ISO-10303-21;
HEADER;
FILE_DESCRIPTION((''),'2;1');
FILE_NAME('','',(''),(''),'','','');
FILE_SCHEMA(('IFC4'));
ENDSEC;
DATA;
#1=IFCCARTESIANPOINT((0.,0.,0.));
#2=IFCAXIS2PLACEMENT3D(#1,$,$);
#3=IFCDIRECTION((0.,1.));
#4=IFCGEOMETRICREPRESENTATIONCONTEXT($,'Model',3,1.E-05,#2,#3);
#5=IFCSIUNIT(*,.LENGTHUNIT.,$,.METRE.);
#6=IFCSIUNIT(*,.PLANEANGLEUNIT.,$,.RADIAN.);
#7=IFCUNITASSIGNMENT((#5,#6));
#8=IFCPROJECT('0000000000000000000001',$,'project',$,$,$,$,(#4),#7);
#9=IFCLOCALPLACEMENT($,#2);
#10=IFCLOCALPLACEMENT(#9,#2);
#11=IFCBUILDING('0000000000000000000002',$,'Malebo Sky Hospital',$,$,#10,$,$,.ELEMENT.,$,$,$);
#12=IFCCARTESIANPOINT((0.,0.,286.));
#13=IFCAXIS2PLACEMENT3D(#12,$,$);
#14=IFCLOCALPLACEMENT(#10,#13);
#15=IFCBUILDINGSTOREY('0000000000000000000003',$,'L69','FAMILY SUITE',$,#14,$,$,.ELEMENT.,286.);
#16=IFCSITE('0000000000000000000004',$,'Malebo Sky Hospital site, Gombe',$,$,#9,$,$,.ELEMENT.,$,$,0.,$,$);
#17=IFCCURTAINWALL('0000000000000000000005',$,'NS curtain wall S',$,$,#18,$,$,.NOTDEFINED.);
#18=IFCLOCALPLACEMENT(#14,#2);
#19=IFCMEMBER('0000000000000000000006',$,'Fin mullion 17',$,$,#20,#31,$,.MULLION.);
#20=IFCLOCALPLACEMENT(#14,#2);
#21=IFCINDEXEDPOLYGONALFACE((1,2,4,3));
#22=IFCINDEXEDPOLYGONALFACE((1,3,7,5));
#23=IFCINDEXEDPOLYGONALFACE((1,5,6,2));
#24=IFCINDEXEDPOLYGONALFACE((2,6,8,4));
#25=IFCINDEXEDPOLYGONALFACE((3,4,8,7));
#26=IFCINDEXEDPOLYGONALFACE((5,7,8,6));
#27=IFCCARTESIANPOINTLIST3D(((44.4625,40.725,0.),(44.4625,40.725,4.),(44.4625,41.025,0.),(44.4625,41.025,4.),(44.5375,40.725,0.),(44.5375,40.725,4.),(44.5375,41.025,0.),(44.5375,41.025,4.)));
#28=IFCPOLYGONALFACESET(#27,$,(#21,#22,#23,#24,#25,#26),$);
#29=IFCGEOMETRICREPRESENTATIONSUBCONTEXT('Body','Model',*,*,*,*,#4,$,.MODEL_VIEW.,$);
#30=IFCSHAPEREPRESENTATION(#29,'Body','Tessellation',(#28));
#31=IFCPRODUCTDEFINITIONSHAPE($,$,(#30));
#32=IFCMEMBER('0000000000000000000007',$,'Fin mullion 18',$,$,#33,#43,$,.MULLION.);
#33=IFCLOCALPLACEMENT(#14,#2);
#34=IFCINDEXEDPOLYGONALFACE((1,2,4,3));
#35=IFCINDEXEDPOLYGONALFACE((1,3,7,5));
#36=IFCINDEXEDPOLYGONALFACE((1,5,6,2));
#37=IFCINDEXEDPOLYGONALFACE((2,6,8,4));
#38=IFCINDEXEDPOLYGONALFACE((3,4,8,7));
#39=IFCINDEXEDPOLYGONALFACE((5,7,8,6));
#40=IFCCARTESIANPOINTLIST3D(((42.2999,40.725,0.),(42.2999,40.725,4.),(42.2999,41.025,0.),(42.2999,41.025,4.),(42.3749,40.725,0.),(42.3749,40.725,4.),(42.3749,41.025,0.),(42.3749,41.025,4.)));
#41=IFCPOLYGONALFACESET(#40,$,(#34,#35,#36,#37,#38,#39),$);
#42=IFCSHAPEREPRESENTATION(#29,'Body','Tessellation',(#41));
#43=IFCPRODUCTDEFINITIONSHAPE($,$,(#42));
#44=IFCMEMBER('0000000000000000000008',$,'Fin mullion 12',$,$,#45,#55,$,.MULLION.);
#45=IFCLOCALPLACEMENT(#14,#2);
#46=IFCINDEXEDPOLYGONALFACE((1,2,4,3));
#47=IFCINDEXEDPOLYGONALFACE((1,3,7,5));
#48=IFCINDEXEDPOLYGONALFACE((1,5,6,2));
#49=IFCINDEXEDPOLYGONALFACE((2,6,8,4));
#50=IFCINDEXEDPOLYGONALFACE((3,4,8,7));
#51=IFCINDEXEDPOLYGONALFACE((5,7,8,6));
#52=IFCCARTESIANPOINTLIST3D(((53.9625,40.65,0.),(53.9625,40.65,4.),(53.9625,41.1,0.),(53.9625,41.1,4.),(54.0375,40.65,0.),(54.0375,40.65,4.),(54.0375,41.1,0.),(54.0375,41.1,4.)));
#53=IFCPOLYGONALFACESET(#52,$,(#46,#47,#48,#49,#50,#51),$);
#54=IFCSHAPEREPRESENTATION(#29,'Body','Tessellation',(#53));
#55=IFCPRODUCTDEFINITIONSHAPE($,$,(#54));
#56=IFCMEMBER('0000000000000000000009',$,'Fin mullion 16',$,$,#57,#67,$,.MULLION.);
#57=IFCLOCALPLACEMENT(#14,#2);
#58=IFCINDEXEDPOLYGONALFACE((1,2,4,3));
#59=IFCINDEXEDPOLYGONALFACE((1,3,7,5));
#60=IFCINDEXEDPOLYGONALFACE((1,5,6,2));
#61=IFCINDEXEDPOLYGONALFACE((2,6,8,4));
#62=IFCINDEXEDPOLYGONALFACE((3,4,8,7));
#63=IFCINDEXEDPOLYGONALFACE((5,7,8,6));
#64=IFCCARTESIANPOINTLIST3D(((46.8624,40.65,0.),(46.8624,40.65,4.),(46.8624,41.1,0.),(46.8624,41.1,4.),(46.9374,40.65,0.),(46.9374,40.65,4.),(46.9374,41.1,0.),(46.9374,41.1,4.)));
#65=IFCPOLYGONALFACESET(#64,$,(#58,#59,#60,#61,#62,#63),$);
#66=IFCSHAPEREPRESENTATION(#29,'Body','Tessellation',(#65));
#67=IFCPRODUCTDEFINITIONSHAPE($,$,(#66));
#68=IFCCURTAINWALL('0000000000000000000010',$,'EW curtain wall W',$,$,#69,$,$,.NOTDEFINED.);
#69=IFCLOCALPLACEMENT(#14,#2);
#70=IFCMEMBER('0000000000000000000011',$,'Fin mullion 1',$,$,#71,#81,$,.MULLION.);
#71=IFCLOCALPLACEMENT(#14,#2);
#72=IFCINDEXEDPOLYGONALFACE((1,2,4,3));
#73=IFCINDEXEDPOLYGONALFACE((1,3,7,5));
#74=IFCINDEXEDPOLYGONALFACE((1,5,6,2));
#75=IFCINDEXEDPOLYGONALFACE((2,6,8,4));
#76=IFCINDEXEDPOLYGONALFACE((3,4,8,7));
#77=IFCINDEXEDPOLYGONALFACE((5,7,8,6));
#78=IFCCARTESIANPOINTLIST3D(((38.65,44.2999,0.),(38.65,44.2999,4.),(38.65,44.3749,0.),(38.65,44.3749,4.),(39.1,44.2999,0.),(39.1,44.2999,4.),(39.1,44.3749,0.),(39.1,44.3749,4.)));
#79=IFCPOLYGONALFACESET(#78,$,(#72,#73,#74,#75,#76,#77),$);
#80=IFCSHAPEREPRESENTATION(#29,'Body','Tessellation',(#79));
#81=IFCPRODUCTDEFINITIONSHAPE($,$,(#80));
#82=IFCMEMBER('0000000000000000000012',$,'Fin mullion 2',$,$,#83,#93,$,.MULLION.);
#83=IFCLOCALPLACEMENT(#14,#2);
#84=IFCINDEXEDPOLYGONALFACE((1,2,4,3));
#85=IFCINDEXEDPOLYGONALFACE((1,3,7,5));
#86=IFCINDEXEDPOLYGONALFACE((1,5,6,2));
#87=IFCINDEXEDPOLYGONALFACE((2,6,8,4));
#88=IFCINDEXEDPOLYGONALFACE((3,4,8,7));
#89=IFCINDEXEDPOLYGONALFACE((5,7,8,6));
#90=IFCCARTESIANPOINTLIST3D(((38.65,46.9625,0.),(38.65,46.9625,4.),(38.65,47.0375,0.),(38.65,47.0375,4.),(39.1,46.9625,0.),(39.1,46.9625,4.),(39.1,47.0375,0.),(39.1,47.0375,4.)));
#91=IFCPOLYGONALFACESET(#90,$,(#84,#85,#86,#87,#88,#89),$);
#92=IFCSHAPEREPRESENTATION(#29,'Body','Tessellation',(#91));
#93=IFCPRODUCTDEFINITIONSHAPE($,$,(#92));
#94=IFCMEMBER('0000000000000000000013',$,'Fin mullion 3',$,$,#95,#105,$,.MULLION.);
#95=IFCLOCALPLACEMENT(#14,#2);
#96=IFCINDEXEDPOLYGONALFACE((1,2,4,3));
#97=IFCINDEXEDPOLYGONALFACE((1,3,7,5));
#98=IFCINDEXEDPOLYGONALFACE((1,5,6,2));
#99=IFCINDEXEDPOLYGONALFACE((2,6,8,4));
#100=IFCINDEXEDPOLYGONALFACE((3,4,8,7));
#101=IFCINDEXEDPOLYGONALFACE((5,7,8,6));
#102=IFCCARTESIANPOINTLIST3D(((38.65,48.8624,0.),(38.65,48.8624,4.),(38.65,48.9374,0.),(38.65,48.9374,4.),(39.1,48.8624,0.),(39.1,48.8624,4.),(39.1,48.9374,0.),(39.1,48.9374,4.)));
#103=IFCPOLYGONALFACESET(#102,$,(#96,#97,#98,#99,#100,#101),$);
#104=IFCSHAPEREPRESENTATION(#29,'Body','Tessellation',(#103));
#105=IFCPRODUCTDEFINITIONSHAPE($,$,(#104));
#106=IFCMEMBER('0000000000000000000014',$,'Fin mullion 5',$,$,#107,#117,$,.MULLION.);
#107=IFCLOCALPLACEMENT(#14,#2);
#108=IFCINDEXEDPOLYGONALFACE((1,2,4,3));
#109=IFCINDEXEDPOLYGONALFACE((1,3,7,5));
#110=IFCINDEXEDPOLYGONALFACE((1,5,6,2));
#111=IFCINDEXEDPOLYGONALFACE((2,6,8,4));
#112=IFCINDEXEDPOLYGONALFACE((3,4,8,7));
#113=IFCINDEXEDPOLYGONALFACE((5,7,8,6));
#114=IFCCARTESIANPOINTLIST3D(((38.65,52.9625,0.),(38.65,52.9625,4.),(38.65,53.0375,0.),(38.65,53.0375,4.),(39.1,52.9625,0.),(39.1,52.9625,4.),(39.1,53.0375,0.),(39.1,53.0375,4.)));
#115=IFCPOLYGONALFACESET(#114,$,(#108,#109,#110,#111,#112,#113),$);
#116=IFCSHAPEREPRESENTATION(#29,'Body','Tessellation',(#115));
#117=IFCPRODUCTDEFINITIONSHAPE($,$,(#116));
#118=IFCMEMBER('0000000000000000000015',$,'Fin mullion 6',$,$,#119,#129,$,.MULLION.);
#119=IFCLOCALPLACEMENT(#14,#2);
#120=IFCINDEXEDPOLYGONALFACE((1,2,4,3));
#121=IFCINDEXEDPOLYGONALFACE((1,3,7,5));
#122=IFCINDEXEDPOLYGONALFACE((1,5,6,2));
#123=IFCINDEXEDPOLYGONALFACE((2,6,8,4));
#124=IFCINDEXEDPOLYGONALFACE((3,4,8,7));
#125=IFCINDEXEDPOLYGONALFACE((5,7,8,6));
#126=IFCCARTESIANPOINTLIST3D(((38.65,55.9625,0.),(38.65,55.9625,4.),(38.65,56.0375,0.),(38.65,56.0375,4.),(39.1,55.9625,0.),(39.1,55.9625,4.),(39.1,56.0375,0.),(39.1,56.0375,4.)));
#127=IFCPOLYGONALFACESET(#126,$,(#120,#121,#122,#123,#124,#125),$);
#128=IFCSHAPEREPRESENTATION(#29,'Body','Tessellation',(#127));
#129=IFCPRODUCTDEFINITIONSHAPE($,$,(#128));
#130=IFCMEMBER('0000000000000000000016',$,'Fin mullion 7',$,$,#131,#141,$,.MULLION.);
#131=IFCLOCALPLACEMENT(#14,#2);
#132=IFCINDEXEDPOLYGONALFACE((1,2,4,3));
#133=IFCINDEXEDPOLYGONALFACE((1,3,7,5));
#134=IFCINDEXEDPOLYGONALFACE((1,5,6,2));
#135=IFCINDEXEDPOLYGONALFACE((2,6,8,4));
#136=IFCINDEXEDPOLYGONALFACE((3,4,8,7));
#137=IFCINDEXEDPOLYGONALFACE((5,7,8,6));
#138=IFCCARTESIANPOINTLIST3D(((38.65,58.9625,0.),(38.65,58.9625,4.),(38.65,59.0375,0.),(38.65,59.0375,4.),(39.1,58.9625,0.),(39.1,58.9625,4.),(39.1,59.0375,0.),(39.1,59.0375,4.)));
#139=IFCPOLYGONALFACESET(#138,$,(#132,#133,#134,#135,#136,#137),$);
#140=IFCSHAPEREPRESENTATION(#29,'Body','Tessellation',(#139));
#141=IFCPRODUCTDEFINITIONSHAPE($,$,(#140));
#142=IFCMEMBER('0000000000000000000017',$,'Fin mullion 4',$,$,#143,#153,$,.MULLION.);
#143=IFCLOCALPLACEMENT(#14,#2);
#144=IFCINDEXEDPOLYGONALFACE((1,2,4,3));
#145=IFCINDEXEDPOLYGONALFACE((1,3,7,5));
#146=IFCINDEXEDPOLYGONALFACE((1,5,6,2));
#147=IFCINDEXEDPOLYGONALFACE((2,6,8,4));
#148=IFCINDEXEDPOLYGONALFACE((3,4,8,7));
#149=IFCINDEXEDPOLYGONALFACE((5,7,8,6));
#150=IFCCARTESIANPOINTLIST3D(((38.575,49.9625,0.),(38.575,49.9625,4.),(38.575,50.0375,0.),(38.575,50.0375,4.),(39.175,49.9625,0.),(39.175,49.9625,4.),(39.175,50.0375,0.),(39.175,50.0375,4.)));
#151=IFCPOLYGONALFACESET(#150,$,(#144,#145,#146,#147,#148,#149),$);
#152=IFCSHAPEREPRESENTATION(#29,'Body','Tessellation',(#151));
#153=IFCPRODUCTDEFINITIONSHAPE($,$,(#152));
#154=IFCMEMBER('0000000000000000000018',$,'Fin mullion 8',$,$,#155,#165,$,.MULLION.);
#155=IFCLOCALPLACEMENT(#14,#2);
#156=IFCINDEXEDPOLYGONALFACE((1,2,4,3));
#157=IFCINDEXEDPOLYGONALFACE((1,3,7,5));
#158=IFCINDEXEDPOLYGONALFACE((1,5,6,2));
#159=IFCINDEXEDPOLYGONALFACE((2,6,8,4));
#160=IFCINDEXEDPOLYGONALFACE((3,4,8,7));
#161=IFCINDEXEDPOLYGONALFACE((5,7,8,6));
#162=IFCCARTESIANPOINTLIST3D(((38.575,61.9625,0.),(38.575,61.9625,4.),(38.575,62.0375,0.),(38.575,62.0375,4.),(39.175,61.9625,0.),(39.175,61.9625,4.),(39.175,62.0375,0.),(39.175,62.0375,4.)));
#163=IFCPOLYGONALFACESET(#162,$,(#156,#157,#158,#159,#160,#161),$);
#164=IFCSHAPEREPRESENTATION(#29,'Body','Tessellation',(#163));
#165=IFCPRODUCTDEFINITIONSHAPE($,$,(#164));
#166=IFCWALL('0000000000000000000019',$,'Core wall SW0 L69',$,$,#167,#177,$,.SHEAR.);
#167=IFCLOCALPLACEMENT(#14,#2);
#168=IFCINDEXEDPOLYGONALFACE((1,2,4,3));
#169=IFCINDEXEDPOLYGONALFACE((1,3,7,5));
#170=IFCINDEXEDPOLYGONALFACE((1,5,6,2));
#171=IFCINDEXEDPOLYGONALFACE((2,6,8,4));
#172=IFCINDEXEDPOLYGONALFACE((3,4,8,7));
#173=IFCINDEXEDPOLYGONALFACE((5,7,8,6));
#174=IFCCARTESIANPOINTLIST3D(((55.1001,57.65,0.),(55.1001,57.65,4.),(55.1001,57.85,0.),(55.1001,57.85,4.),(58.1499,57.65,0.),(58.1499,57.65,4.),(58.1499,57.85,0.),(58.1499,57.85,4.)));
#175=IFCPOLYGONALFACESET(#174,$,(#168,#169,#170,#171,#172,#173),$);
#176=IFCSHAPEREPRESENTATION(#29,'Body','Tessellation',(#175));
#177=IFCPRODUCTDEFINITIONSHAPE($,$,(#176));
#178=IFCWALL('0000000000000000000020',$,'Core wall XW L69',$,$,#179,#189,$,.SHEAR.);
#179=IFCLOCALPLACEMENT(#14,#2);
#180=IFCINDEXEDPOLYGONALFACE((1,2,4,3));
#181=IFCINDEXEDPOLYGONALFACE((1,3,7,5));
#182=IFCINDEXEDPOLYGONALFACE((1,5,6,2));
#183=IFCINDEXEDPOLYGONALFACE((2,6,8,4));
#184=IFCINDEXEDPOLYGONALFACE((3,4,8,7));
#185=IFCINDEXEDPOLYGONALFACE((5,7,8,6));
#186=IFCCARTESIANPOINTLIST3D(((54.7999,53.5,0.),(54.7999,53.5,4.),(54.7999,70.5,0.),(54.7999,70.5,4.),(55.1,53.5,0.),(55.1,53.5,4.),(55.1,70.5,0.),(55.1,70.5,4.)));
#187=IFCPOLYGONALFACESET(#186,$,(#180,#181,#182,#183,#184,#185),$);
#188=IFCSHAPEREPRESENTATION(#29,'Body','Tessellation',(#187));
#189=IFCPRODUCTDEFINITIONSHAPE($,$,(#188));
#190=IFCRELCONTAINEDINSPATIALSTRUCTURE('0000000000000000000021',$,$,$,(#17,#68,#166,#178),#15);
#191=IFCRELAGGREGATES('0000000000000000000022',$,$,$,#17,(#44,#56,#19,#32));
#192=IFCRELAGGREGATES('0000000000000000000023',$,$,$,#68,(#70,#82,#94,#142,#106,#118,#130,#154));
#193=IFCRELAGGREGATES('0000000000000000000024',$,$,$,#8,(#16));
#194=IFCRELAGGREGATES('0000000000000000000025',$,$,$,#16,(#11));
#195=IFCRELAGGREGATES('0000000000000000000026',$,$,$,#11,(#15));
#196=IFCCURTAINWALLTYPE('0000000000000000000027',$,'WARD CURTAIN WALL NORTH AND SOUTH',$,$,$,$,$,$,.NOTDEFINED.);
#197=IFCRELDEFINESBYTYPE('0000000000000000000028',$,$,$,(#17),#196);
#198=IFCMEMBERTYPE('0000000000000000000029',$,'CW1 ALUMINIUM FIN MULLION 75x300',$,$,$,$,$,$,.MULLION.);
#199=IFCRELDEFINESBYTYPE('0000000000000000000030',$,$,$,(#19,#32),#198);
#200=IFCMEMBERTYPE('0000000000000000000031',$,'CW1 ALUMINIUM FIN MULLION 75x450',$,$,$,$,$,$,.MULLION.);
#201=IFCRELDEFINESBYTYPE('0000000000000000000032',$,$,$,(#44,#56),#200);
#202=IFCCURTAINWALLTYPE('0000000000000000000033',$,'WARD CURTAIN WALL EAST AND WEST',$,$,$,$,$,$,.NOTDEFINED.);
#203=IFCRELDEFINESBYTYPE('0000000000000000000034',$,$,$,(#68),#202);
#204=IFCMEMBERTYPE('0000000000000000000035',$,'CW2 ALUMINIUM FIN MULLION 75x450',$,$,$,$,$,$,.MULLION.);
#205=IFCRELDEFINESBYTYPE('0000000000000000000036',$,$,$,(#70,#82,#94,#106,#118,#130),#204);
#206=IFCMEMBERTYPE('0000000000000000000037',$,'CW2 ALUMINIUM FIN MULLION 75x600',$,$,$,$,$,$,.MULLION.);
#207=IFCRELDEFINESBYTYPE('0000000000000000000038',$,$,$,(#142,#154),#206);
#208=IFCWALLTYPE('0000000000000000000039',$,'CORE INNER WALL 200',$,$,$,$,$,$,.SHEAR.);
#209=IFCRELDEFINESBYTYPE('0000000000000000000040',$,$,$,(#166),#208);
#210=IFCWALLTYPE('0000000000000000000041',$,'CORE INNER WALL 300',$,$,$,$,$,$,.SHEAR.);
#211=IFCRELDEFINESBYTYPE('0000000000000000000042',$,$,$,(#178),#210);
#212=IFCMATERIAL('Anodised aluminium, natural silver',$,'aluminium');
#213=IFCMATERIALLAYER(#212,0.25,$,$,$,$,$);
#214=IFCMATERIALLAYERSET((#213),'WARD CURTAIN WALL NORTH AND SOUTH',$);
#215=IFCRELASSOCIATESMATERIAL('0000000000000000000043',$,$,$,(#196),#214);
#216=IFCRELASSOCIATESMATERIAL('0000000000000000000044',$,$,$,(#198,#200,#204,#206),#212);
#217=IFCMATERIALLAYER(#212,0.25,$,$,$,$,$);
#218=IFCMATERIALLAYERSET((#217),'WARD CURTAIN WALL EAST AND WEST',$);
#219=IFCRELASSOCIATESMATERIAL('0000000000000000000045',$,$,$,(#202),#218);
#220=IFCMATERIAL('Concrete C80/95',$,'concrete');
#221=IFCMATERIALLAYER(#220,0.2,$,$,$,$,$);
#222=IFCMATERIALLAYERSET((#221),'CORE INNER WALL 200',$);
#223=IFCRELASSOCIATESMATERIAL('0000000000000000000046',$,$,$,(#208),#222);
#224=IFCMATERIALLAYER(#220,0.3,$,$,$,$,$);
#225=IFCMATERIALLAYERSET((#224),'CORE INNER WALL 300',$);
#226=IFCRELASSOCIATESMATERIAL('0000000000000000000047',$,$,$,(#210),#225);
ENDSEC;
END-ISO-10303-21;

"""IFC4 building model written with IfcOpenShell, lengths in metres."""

from ifc_helpers import new_model, si_unit, direction, frame, frame_2d, origin, origin_2d, place, context, subcontext, project, spatial, rectangle, extrude, material, layer, layer_set, material_profile, profile_set, type_object, element, aggregate, save


model = new_model("IFC4")

# Units and contexts
model_context = context("Model", 3, precision=1e-05, world=origin(), true_north=direction((0.0, 1.0)))
body_context = subcontext(model_context, "Body", "Model", "MODEL_VIEW")
ifc_project = project(units=[si_unit("LENGTHUNIT", "METRE"), si_unit("PLANEANGLEUNIT", "RADIAN")], contexts=[model_context])

# Site, building, storey
site_placement = place(None, origin())
site = spatial("IfcSite", under=ifc_project, at=site_placement, Name="Malebo Sky Hospital site, Gombe", CompositionType="ELEMENT", RefElevation=0.0)
building_placement = place(site_placement, origin())
building = spatial("IfcBuilding", under=site, at=building_placement, Name="Malebo Sky Hospital", CompositionType="ELEMENT")
storey_placement = place(building_placement, frame((0.0, 0.0, 286.0)))
storey = spatial("IfcBuildingStorey", under=building, at=storey_placement, Name="L69", Description="FAMILY SUITE", CompositionType="ELEMENT", Elevation=286.0)

# Curtain walls, members
ifc_material_1 = material(Name="Anodised aluminium, natural silver", Category="aluminium")
ifc_layer_1 = layer(ifc_material_1, 0.25)
ifc_layer_set_1 = layer_set([ifc_layer_1], Name="WARD CURTAIN WALL NORTH AND SOUTH")
curtain_wall_type_1 = type_object("IfcCurtainWallType", Name="WARD CURTAIN WALL NORTH AND SOUTH", PredefinedType="NOTDEFINED", material=ifc_layer_set_1)
curtain_wall_1_placement = place(storey_placement, origin())
curtain_wall_1 = element("IfcCurtainWall", 1, at=curtain_wall_1_placement, inside=storey, type_object=curtain_wall_type_1, Name="NS curtain wall S", PredefinedType="NOTDEFINED")
ifc_material_profile_1 = material_profile(ifc_material_1, rectangle(XDim=0.075, YDim=0.3, at=origin_2d()), Name="CW1 ALUMINIUM FIN MULLION 75x300")
ifc_profile_set_1 = profile_set([ifc_material_profile_1], Name="Anodised aluminium, natural silver")
member_type_1 = type_object("IfcMemberType", Name="CW1 ALUMINIUM FIN MULLION 75x300", PredefinedType="MULLION", material=ifc_profile_set_1)
member_1_placement = place(storey_placement, frame((44.5, 40.875, 0.0), z_axis=(0.0, 0.0, 1.0), x_axis=(-1.0, 0.0, 0.0)))
member_1 = element("IfcMember", 2, at=member_1_placement, type_object=member_type_1, Name="Fin mullion 17", PredefinedType="MULLION", context=body_context, shape_type="SweptSolid", body=[
    extrude(rectangle(XDim=0.075, YDim=0.3, at=origin_2d()), origin(), (0.0, 0.0, 1.0), 4.0),
])
member_2_placement = place(storey_placement, frame((42.3374, 40.875, 0.0), z_axis=(0.0, 0.0, 1.0), x_axis=(-1.0, 0.0, 0.0)))
member_2 = element("IfcMember", 3, at=member_2_placement, type_object=member_type_1, Name="Fin mullion 18", PredefinedType="MULLION", context=body_context, shape_type="SweptSolid", body=[
    extrude(rectangle(XDim=0.075, YDim=0.3, at=origin_2d()), origin(), (0.0, 0.0, 1.0), 4.0),
])
ifc_material_profile_2 = material_profile(ifc_material_1, rectangle(XDim=0.075, YDim=0.45, at=origin_2d()), Name="CW1 ALUMINIUM FIN MULLION 75x450")
ifc_profile_set_2 = profile_set([ifc_material_profile_2], Name="Anodised aluminium, natural silver")
member_type_2 = type_object("IfcMemberType", Name="CW1 ALUMINIUM FIN MULLION 75x450", PredefinedType="MULLION", material=ifc_profile_set_2)
member_3_placement = place(storey_placement, frame((54.0, 40.875, 0.0), z_axis=(0.0, 0.0, 1.0), x_axis=(-1.0, 0.0, 0.0)))
member_3 = element("IfcMember", 4, at=member_3_placement, type_object=member_type_2, Name="Fin mullion 12", PredefinedType="MULLION", context=body_context, shape_type="SweptSolid", body=[
    extrude(rectangle(XDim=0.075, YDim=0.45, at=origin_2d()), origin(), (0.0, 0.0, 1.0), 4.0),
])
member_4_placement = place(storey_placement, frame((46.8999, 40.875, 0.0), z_axis=(0.0, 0.0, 1.0), x_axis=(-1.0, 0.0, 0.0)))
member_4 = element("IfcMember", 5, at=member_4_placement, type_object=member_type_2, Name="Fin mullion 16", PredefinedType="MULLION", context=body_context, shape_type="SweptSolid", body=[
    extrude(rectangle(XDim=0.075, YDim=0.45, at=origin_2d()), origin(), (0.0, 0.0, 1.0), 4.0),
])
aggregate(curtain_wall_1, [member_3, member_4, member_1, member_2])
ifc_layer_2 = layer(ifc_material_1, 0.25)
ifc_layer_set_2 = layer_set([ifc_layer_2], Name="WARD CURTAIN WALL EAST AND WEST")
curtain_wall_type_2 = type_object("IfcCurtainWallType", Name="WARD CURTAIN WALL EAST AND WEST", PredefinedType="NOTDEFINED", material=ifc_layer_set_2)
curtain_wall_2_placement = place(storey_placement, origin())
curtain_wall_2 = element("IfcCurtainWall", 6, at=curtain_wall_2_placement, inside=storey, type_object=curtain_wall_type_2, Name="EW curtain wall W", PredefinedType="NOTDEFINED")
ifc_material_profile_3 = material_profile(ifc_material_1, rectangle(XDim=0.075, YDim=0.45, at=origin_2d()), Name="CW2 ALUMINIUM FIN MULLION 75x450")
ifc_profile_set_3 = profile_set([ifc_material_profile_3], Name="Anodised aluminium, natural silver")
member_type_3 = type_object("IfcMemberType", Name="CW2 ALUMINIUM FIN MULLION 75x450", PredefinedType="MULLION", material=ifc_profile_set_3)
member_5_placement = place(storey_placement, frame((38.875, 44.3374, 0.0), z_axis=(0.0, 0.0, 1.0), x_axis=(0.0, 1.0, 0.0)))
member_5 = element("IfcMember", 7, at=member_5_placement, type_object=member_type_3, Name="Fin mullion 1", PredefinedType="MULLION", context=body_context, shape_type="SweptSolid", body=[
    extrude(rectangle(XDim=0.075, YDim=0.45, at=origin_2d()), origin(), (0.0, 0.0, 1.0), 4.0),
])
member_6_placement = place(storey_placement, frame((38.875, 47.0, 0.0), z_axis=(0.0, 0.0, 1.0), x_axis=(0.0, 1.0, 0.0)))
member_6 = element("IfcMember", 8, at=member_6_placement, type_object=member_type_3, Name="Fin mullion 2", PredefinedType="MULLION", context=body_context, shape_type="SweptSolid", body=[
    extrude(rectangle(XDim=0.075, YDim=0.45, at=origin_2d()), origin(), (0.0, 0.0, 1.0), 4.0),
])
member_7_placement = place(storey_placement, frame((38.875, 48.8999, 0.0), z_axis=(0.0, 0.0, 1.0), x_axis=(0.0, 1.0, 0.0)))
member_7 = element("IfcMember", 9, at=member_7_placement, type_object=member_type_3, Name="Fin mullion 3", PredefinedType="MULLION", context=body_context, shape_type="SweptSolid", body=[
    extrude(rectangle(XDim=0.075, YDim=0.45, at=origin_2d()), origin(), (0.0, 0.0, 1.0), 4.0),
])
member_8_placement = place(storey_placement, frame((38.875, 53.0, 0.0), z_axis=(0.0, 0.0, 1.0), x_axis=(0.0, 1.0, 0.0)))
member_8 = element("IfcMember", 10, at=member_8_placement, type_object=member_type_3, Name="Fin mullion 5", PredefinedType="MULLION", context=body_context, shape_type="SweptSolid", body=[
    extrude(rectangle(XDim=0.075, YDim=0.45, at=origin_2d()), origin(), (0.0, 0.0, 1.0), 4.0),
])
member_9_placement = place(storey_placement, frame((38.875, 56.0, 0.0), z_axis=(0.0, 0.0, 1.0), x_axis=(0.0, 1.0, 0.0)))
member_9 = element("IfcMember", 11, at=member_9_placement, type_object=member_type_3, Name="Fin mullion 6", PredefinedType="MULLION", context=body_context, shape_type="SweptSolid", body=[
    extrude(rectangle(XDim=0.075, YDim=0.45, at=origin_2d()), origin(), (0.0, 0.0, 1.0), 4.0),
])
member_10_placement = place(storey_placement, frame((38.875, 59.0, 0.0), z_axis=(0.0, 0.0, 1.0), x_axis=(0.0, 1.0, 0.0)))
member_10 = element("IfcMember", 12, at=member_10_placement, type_object=member_type_3, Name="Fin mullion 7", PredefinedType="MULLION", context=body_context, shape_type="SweptSolid", body=[
    extrude(rectangle(XDim=0.075, YDim=0.45, at=origin_2d()), origin(), (0.0, 0.0, 1.0), 4.0),
])
ifc_material_profile_4 = material_profile(ifc_material_1, rectangle(XDim=0.075, YDim=0.6001, at=origin_2d()), Name="CW2 ALUMINIUM FIN MULLION 75x600")
ifc_profile_set_4 = profile_set([ifc_material_profile_4], Name="Anodised aluminium, natural silver")
member_type_4 = type_object("IfcMemberType", Name="CW2 ALUMINIUM FIN MULLION 75x600", PredefinedType="MULLION", material=ifc_profile_set_4)
member_11_placement = place(storey_placement, frame((38.875, 50.0, 0.0), z_axis=(0.0, 0.0, 1.0), x_axis=(0.0, 1.0, 0.0)))
member_11 = element("IfcMember", 13, at=member_11_placement, type_object=member_type_4, Name="Fin mullion 4", PredefinedType="MULLION", context=body_context, shape_type="SweptSolid", body=[
    extrude(rectangle(XDim=0.075, YDim=0.6001, at=origin_2d()), origin(), (0.0, 0.0, 1.0), 4.0),
])
member_12_placement = place(storey_placement, frame((38.875, 62.0, 0.0), z_axis=(0.0, 0.0, 1.0), x_axis=(0.0, 1.0, 0.0)))
member_12 = element("IfcMember", 14, at=member_12_placement, type_object=member_type_4, Name="Fin mullion 8", PredefinedType="MULLION", context=body_context, shape_type="SweptSolid", body=[
    extrude(rectangle(XDim=0.075, YDim=0.6001, at=origin_2d()), origin(), (0.0, 0.0, 1.0), 4.0),
])
aggregate(curtain_wall_2, [member_5, member_6, member_7, member_11, member_8, member_9, member_10, member_12])

# Walls
ifc_material_2 = material(Name="Concrete C80/95", Category="concrete")
ifc_layer_3 = layer(ifc_material_2, 0.2)
ifc_layer_set_3 = layer_set([ifc_layer_3], Name="CORE INNER WALL 200")
wall_type_1 = type_object("IfcWallType", Name="CORE INNER WALL 200", PredefinedType="SHEAR", material=ifc_layer_set_3)
wall_1_placement = place(storey_placement, frame((55.1001, 57.75, 0.0), z_axis=(0.0, 0.0, 1.0), x_axis=(1.0, 0.0, 0.0)))
element("IfcWall", 15, at=wall_1_placement, inside=storey, type_object=wall_type_1, Name="Core wall SW0 L69", PredefinedType="SHEAR", context=body_context, shape_type="SweptSolid", body=[
    extrude(rectangle(XDim=3.0498, YDim=0.2, at=frame_2d((1.5249, 0.0))), origin(), (0.0, 0.0, 1.0), 4.0),
])
ifc_layer_4 = layer(ifc_material_2, 0.3)
ifc_layer_set_4 = layer_set([ifc_layer_4], Name="CORE INNER WALL 300")
wall_type_2 = type_object("IfcWallType", Name="CORE INNER WALL 300", PredefinedType="SHEAR", material=ifc_layer_set_4)
wall_2_placement = place(storey_placement, frame((54.95, 53.5, 0.0), z_axis=(0.0, 0.0, 1.0), x_axis=(0.0, 1.0, 0.0)))
element("IfcWall", 16, at=wall_2_placement, inside=storey, type_object=wall_type_2, Name="Core wall XW L69", PredefinedType="SHEAR", context=body_context, shape_type="SweptSolid", body=[
    extrude(rectangle(XDim=17.0, YDim=0.3, at=frame_2d((8.5, 0.0))), origin(), (0.0, 0.0, 1.0), 4.0),
])

save(model, "model.ifc")
